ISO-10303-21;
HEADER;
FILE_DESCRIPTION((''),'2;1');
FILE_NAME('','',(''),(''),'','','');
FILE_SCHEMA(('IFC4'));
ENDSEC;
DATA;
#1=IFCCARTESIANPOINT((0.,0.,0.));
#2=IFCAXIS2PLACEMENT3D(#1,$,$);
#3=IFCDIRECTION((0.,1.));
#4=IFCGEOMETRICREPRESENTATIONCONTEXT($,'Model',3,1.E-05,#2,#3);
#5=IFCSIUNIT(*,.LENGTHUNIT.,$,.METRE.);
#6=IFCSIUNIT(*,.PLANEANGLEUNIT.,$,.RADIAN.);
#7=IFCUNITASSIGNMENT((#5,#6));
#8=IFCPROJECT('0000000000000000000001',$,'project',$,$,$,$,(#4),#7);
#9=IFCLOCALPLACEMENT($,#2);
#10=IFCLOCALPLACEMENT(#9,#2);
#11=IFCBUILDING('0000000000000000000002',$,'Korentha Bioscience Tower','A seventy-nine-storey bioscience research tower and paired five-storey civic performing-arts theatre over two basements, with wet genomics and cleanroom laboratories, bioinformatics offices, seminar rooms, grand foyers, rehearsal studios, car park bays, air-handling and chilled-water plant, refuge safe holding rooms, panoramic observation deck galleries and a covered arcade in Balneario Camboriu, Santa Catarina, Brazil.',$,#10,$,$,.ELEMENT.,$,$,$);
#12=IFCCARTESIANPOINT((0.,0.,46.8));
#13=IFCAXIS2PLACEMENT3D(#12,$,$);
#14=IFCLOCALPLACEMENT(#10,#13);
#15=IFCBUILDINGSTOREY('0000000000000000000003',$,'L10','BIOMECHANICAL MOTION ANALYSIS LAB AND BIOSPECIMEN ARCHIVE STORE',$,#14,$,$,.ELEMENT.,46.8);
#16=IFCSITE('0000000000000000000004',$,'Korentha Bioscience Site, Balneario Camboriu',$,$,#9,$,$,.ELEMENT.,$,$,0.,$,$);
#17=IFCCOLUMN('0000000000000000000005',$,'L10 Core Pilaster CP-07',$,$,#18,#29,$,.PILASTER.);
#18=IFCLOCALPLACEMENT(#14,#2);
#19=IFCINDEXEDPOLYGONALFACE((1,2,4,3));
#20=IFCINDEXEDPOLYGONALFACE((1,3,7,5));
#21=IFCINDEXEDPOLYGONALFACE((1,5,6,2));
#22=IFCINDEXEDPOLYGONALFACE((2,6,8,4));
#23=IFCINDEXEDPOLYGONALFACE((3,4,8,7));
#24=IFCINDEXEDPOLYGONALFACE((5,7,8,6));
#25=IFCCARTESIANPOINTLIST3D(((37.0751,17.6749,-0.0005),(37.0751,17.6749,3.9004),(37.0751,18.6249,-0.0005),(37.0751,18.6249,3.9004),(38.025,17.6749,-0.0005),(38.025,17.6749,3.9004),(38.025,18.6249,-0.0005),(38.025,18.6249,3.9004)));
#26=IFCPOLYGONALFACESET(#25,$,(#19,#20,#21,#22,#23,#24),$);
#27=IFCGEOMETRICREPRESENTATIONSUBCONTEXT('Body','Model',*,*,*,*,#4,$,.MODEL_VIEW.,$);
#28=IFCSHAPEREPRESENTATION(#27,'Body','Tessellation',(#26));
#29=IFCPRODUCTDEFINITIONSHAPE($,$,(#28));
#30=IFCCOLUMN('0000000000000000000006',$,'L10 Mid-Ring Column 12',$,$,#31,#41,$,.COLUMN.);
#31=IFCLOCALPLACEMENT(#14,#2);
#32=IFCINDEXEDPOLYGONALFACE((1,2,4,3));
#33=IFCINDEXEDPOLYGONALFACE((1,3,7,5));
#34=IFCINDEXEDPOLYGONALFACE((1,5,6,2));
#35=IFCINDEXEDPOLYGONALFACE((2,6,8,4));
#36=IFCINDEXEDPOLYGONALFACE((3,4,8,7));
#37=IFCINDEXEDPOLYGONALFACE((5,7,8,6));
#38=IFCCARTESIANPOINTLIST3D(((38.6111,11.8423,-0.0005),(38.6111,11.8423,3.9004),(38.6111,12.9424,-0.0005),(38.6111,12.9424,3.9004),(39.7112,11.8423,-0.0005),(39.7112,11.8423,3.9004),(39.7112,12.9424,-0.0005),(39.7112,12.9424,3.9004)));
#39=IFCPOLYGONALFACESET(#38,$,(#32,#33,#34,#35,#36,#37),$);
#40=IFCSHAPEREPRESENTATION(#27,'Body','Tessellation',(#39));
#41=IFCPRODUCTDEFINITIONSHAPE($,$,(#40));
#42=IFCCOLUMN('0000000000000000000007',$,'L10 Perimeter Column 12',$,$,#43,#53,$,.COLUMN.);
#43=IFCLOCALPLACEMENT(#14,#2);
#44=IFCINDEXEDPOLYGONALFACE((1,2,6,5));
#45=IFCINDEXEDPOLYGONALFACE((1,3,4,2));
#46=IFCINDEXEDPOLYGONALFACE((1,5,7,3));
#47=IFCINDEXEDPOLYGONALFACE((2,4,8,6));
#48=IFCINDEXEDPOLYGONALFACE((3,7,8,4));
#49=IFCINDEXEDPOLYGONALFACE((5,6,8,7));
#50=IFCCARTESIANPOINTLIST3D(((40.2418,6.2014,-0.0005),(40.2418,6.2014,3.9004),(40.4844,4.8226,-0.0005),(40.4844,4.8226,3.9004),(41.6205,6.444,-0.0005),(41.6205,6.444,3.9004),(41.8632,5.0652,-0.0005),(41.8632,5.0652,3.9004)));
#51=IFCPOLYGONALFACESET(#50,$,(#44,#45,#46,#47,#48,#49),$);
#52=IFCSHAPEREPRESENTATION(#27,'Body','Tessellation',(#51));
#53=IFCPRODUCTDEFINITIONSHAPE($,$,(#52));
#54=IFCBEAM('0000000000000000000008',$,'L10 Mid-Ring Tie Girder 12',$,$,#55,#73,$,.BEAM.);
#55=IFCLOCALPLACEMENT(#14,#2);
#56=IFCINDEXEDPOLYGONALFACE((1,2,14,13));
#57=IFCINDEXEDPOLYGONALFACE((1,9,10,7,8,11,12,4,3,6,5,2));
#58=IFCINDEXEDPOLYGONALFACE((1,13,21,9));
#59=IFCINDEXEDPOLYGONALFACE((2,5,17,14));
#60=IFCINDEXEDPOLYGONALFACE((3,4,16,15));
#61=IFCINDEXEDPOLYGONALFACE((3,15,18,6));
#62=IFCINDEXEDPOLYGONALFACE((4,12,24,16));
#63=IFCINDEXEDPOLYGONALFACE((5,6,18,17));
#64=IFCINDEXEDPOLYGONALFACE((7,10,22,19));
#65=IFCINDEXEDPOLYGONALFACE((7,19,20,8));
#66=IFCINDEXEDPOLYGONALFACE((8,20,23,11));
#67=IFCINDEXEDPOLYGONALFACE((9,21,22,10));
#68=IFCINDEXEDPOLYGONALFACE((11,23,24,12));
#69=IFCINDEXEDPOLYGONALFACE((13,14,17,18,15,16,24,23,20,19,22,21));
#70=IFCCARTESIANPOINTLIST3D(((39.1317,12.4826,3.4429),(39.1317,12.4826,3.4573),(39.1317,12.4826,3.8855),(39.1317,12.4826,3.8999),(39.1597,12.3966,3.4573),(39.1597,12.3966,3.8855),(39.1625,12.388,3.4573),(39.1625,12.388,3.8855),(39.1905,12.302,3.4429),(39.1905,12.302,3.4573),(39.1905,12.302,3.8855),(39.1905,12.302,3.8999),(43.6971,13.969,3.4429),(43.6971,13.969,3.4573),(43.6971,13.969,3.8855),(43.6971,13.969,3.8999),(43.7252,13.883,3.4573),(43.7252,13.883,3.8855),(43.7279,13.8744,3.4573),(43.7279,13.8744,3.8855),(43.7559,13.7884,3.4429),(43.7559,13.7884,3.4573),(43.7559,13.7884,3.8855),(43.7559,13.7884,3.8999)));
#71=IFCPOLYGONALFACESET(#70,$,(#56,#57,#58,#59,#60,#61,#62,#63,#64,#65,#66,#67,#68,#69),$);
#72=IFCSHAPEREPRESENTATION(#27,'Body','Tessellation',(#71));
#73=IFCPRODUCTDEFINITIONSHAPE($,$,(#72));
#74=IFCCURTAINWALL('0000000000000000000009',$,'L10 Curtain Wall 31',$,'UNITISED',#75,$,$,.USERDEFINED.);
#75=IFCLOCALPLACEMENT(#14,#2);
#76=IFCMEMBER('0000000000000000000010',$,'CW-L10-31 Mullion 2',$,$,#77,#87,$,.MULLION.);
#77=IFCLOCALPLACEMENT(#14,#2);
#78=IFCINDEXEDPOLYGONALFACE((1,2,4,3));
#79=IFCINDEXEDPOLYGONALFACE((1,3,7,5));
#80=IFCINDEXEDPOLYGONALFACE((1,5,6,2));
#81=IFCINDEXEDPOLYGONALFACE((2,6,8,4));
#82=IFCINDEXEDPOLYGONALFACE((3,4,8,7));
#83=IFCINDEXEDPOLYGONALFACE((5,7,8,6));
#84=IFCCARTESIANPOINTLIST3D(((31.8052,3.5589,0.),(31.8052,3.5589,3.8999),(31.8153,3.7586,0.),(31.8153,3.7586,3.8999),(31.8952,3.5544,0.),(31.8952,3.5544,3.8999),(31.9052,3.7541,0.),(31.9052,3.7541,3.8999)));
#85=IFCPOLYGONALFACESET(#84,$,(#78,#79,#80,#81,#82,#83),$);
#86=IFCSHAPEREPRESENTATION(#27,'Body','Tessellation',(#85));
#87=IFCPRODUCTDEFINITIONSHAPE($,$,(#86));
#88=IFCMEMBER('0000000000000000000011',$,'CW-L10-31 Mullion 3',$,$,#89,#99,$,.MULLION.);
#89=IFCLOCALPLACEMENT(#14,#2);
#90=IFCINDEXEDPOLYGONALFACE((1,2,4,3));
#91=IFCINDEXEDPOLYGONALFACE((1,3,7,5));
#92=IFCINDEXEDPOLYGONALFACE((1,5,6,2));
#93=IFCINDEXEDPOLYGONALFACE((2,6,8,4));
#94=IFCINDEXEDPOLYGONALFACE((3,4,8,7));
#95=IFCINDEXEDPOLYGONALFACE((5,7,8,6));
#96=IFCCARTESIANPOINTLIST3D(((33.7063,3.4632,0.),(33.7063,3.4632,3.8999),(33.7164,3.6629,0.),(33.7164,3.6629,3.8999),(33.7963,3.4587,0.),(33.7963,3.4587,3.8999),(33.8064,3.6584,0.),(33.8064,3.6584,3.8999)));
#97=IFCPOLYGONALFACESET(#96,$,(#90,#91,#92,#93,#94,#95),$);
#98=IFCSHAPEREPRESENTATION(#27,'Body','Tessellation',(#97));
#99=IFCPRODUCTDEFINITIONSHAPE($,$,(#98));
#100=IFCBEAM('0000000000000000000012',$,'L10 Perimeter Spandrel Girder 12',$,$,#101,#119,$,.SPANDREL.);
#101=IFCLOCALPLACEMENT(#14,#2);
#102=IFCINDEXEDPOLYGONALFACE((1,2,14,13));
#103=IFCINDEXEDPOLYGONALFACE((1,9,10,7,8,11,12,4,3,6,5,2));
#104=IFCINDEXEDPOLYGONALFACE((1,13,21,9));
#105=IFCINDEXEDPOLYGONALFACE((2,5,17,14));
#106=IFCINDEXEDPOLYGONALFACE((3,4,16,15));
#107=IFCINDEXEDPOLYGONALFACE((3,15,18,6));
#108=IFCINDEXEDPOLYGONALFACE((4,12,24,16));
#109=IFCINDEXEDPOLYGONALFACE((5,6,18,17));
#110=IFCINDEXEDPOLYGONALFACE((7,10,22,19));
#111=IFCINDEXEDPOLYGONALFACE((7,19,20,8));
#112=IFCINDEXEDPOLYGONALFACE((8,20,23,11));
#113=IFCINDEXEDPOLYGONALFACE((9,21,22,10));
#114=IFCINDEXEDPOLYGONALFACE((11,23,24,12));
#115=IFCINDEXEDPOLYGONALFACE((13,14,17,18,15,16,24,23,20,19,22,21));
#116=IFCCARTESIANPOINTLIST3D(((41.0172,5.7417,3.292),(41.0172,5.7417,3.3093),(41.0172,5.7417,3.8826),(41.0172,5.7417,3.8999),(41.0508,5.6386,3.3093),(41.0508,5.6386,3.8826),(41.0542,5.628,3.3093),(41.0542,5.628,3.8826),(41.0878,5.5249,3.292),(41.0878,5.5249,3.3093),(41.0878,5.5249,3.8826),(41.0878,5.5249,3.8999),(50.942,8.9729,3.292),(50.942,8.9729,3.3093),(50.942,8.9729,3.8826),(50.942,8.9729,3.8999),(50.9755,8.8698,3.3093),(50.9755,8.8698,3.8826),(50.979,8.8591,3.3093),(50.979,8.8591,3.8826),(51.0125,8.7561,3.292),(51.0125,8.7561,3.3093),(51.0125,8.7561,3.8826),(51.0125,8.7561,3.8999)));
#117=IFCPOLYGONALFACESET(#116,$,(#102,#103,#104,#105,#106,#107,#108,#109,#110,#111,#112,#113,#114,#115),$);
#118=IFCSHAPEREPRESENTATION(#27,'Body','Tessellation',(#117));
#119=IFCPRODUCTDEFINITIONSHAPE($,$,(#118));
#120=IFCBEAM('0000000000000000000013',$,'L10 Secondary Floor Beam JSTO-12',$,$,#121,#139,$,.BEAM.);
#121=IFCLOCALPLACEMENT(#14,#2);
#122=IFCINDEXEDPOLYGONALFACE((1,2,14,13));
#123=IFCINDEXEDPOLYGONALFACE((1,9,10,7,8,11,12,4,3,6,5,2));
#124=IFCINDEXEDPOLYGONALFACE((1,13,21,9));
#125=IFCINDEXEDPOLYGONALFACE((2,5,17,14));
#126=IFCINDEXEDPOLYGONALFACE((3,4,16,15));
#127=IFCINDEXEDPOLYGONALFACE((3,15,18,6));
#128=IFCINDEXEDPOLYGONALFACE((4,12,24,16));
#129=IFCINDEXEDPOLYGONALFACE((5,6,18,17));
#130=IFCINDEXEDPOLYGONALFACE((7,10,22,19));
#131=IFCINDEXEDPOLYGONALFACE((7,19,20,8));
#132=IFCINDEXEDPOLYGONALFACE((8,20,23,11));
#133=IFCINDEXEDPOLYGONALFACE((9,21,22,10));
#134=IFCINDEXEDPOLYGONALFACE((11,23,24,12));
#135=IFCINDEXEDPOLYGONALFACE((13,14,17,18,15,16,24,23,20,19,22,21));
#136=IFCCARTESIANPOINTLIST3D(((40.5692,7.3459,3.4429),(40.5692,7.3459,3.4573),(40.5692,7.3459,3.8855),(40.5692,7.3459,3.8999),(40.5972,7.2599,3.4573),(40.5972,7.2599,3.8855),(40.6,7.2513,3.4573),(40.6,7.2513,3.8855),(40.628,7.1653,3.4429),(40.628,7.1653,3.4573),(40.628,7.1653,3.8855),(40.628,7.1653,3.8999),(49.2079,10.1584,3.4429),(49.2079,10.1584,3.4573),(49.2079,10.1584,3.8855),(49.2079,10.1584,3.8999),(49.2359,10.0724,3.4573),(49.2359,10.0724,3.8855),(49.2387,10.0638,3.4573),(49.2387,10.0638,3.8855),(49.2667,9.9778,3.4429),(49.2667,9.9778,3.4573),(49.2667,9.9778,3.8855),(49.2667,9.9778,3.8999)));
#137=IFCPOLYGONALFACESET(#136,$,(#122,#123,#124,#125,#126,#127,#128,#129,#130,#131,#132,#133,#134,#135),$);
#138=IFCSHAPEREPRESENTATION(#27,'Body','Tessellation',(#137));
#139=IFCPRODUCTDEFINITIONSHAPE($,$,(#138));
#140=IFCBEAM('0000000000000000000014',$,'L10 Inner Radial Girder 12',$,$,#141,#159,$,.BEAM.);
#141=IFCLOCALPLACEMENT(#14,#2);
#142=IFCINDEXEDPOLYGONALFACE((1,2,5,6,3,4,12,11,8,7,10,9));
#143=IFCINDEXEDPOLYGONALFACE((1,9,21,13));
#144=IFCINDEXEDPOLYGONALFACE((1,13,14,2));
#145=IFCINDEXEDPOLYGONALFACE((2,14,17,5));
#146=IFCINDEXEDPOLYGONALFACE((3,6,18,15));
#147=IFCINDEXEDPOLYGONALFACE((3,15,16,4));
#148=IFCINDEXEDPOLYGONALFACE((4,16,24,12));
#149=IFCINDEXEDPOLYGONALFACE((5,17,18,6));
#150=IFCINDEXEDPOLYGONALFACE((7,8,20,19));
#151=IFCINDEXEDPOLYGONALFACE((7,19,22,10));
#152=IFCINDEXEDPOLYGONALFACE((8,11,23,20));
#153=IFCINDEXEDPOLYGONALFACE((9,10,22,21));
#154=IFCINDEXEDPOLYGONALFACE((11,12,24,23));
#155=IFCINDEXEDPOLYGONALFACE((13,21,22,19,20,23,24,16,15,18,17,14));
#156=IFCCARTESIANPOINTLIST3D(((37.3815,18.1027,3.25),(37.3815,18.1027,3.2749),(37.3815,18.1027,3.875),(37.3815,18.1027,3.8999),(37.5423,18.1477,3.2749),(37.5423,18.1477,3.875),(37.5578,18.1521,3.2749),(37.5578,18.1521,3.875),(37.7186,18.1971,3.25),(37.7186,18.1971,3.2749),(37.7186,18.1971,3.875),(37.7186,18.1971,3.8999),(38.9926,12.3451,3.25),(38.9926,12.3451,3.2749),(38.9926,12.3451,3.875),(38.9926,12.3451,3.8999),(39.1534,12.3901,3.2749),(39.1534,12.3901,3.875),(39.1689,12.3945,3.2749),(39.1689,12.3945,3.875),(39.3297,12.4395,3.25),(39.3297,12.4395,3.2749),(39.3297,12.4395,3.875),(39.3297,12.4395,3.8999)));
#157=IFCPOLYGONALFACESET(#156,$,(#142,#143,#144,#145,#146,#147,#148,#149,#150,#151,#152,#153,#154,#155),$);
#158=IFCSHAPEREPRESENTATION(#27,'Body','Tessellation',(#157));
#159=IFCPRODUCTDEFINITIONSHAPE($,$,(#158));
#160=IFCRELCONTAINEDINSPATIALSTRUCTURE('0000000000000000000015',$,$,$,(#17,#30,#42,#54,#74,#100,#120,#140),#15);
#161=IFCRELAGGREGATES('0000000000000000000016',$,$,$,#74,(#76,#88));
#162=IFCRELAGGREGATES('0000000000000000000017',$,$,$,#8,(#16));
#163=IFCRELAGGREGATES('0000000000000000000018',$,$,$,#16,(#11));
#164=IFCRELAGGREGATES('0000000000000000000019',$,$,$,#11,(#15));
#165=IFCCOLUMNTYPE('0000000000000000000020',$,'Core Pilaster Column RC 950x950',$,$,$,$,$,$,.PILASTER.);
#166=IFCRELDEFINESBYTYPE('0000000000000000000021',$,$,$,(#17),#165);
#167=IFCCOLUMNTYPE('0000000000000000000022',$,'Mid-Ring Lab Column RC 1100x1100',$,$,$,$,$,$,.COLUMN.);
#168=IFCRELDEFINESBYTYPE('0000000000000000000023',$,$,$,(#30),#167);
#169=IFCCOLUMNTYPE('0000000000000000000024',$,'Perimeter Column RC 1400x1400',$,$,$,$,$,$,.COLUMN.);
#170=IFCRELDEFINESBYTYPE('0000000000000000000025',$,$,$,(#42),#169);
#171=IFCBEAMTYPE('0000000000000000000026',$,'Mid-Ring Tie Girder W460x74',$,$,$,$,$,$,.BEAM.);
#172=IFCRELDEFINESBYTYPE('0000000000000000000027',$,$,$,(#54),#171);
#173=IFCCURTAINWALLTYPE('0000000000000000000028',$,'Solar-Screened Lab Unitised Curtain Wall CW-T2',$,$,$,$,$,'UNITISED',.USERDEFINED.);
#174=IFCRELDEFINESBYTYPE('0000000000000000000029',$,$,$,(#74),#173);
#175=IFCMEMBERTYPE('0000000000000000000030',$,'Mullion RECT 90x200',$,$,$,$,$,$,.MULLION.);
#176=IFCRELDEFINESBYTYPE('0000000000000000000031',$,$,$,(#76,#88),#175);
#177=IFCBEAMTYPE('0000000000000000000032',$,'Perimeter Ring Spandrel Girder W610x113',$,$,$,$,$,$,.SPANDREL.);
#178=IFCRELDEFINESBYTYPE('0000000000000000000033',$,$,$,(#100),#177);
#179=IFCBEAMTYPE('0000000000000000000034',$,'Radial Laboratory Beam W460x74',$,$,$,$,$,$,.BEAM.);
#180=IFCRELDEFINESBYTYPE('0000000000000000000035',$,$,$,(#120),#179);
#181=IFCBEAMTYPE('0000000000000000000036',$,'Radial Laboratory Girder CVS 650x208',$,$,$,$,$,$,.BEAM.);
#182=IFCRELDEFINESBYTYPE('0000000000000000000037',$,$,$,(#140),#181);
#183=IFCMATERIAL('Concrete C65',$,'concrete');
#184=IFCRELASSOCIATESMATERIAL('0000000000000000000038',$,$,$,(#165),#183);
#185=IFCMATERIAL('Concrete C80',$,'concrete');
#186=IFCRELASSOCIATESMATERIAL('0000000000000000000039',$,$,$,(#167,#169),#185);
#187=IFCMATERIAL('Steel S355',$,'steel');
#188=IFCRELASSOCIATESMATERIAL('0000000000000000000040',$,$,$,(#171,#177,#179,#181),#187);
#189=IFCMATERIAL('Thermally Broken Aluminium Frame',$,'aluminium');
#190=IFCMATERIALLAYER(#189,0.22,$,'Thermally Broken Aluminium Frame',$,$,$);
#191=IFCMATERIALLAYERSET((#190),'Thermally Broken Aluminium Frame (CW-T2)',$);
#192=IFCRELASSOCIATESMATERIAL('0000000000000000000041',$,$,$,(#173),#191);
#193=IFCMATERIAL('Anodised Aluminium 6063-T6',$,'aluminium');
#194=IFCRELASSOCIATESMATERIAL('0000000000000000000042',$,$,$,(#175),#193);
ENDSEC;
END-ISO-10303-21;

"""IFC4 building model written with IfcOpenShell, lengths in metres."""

from ifc_helpers import new_model, si_unit, direction, frame, origin, origin_2d, place, context, subcontext, project, spatial, rectangle, i_section, extrude, material, layer, layer_set, material_profile, profile_set, type_object, element, aggregate, save


model = new_model("IFC4")

# Units and contexts
model_context = context("Model", 3, precision=1e-05, world=origin(), true_north=direction((0.0, 1.0)))
body_context = subcontext(model_context, "Body", "Model", "MODEL_VIEW")
ifc_project = project(units=[si_unit("LENGTHUNIT", "METRE"), si_unit("PLANEANGLEUNIT", "RADIAN")], contexts=[model_context])

# Site, building, storey
site_placement = place(None, origin())
site = spatial("IfcSite", under=ifc_project, at=site_placement, Name="Korentha Bioscience Site, Balneario Camboriu", CompositionType="ELEMENT", RefElevation=0.0)
building_placement = place(site_placement, origin())
building = spatial("IfcBuilding", under=site, at=building_placement, Name="Korentha Bioscience Tower", Description="A seventy-nine-storey bioscience research tower and paired five-storey civic performing-arts theatre over two basements, with wet genomics and cleanroom laboratories, bioinformatics offices, seminar rooms, grand foyers, rehearsal studios, car park bays, air-handling and chilled-water plant, refuge safe holding rooms, panoramic observation deck galleries and a covered arcade in Balneario Camboriu, Santa Catarina, Brazil.", CompositionType="ELEMENT")
storey_placement = place(building_placement, frame((0.0, 0.0, 46.8)))
storey = spatial("IfcBuildingStorey", under=building, at=storey_placement, Name="L10", Description="BIOMECHANICAL MOTION ANALYSIS LAB AND BIOSPECIMEN ARCHIVE STORE", CompositionType="ELEMENT", Elevation=46.8)

# Columns
ifc_material_1 = material(Name="Concrete C65", Category="concrete")
ifc_material_profile_1 = material_profile(ifc_material_1, rectangle(XDim=0.95, YDim=0.95, at=origin_2d()), Name="Concrete C65")
ifc_profile_set_1 = profile_set([ifc_material_profile_1], Name="Concrete C65 (COL-CP09)")
column_type_1 = type_object("IfcColumnType", Name="Core Pilaster Column RC 950x950", PredefinedType="PILASTER", material=ifc_profile_set_1)
column_1_placement = place(storey_placement, frame((37.55, 18.1499, -0.0005), z_axis=(0.0, 0.0, 1.0), x_axis=(1.0, 0.0, 0.0)))
element("IfcColumn", 1, at=column_1_placement, inside=storey, type_object=column_type_1, Name="L10 Core Pilaster CP-07", PredefinedType="PILASTER", context=body_context, shape_type="SweptSolid", body=[
    extrude(rectangle(XDim=0.95, YDim=0.95, at=origin_2d()), origin(), (0.0, 0.0, 1.0), 3.9009),
])
ifc_material_2 = material(Name="Concrete C80", Category="concrete")
ifc_material_profile_2 = material_profile(ifc_material_2, rectangle(XDim=1.1001, YDim=1.1001, at=origin_2d()), Name="Concrete C80")
ifc_profile_set_2 = profile_set([ifc_material_profile_2], Name="Concrete C80 (COL-MR11)")
column_type_2 = type_object("IfcColumnType", Name="Mid-Ring Lab Column RC 1100x1100", PredefinedType="COLUMN", material=ifc_profile_set_2)
column_2_placement = place(storey_placement, frame((39.1611, 12.3923, -0.0005), z_axis=(0.0, 0.0, 1.0), x_axis=(1.0, 0.0, 0.0)))
element("IfcColumn", 2, at=column_2_placement, inside=storey, type_object=column_type_2, Name="L10 Mid-Ring Column 12", PredefinedType="COLUMN", context=body_context, shape_type="SweptSolid", body=[
    extrude(rectangle(XDim=1.1001, YDim=1.1001, at=origin_2d()), origin(), (0.0, 0.0, 1.0), 3.9009),
])
ifc_material_profile_3 = material_profile(ifc_material_2, rectangle(XDim=1.3999, YDim=1.3999, at=origin_2d()), Name="Concrete C80")
ifc_profile_set_3 = profile_set([ifc_material_profile_3], Name="Concrete C80 (COL-P14)")
column_type_3 = type_object("IfcColumnType", Name="Perimeter Column RC 1400x1400", PredefinedType="COLUMN", material=ifc_profile_set_3)
column_3_placement = place(storey_placement, frame((41.0525, 5.6333, -0.0005), z_axis=(0.0, 0.0, 1.0), x_axis=(0.984868, 0.173304, 0.0)))
element("IfcColumn", 3, at=column_3_placement, inside=storey, type_object=column_type_3, Name="L10 Perimeter Column 12", PredefinedType="COLUMN", context=body_context, shape_type="SweptSolid", body=[
    extrude(rectangle(XDim=1.3999, YDim=1.3999, at=origin_2d()), origin(), (0.0, 0.0, 1.0), 3.9009),
])

# Beam
ifc_material_3 = material(Name="Steel S355", Category="steel")
ifc_material_profile_4 = material_profile(ifc_material_3, i_section(OverallWidth=0.1899, OverallDepth=0.457, WebThickness=0.009, FlangeThickness=0.0144, at=origin_2d()), Name="Steel S355")
ifc_profile_set_4 = profile_set([ifc_material_profile_4], Name="Steel S355 (MB-460)")
beam_type_1 = type_object("IfcBeamType", Name="Mid-Ring Tie Girder W460x74", PredefinedType="BEAM", material=ifc_profile_set_4)
beam_1_placement = place(storey_placement, frame((39.1611, 12.3923, 3.6714), z_axis=(0.950877, 0.309569, 0.0), x_axis=(-0.309569, 0.950877, 0.0)))
element("IfcBeam", 4, at=beam_1_placement, inside=storey, type_object=beam_type_1, Name="L10 Mid-Ring Tie Girder 12", PredefinedType="BEAM", context=body_context, shape_type="SweptSolid", body=[
    extrude(i_section(OverallWidth=0.1899, OverallDepth=0.457, WebThickness=0.009, FlangeThickness=0.0144, at=origin_2d()), origin(), (0.0, 0.0, 1.0), 4.8013),
])

# Curtain wall, members
ifc_material_4 = material(Name="Thermally Broken Aluminium Frame", Category="aluminium")
ifc_layer_1 = layer(ifc_material_4, 0.22, Name="Thermally Broken Aluminium Frame")
ifc_layer_set_1 = layer_set([ifc_layer_1], Name="Thermally Broken Aluminium Frame (CW-T2)")
curtain_wall_type = type_object("IfcCurtainWallType", Name="Solar-Screened Lab Unitised Curtain Wall CW-T2", ElementType="UNITISED", PredefinedType="USERDEFINED", material=ifc_layer_set_1)
curtain_wall_placement = place(storey_placement, origin())
curtain_wall = element("IfcCurtainWall", 5, at=curtain_wall_placement, inside=storey, type_object=curtain_wall_type, Name="L10 Curtain Wall 31", ObjectType="UNITISED", PredefinedType="USERDEFINED")
ifc_material_5 = material(Name="Anodised Aluminium 6063-T6", Category="aluminium")
ifc_material_profile_5 = material_profile(ifc_material_5, rectangle(XDim=0.0901, YDim=0.2, at=origin_2d()), Name="Anodised Aluminium 6063-T6")
ifc_profile_set_5 = profile_set([ifc_material_profile_5], Name="Anodised Aluminium 6063-T6 (CW-MUL)")
member_type_1 = type_object("IfcMemberType", Name="Mullion RECT 90x200", PredefinedType="MULLION", material=ifc_profile_set_5)
member_1_placement = place(storey_placement, frame((31.8552, 3.6565, 0.0), z_axis=(0.0, 0.0, 1.0), x_axis=(0.998731, -0.050371, 0.0)))
member_1 = element("IfcMember", 6, at=member_1_placement, type_object=member_type_1, Name="CW-L10-31 Mullion 2", PredefinedType="MULLION", context=body_context, shape_type="SweptSolid", body=[
    extrude(rectangle(XDim=0.0901, YDim=0.2, at=origin_2d()), origin(), (0.0, 0.0, 1.0), 3.8999),
])
member_2_placement = place(storey_placement, frame((33.7563, 3.5608, 0.0), z_axis=(0.0, 0.0, 1.0), x_axis=(0.998731, -0.050371, 0.0)))
member_2 = element("IfcMember", 7, at=member_2_placement, type_object=member_type_1, Name="CW-L10-31 Mullion 3", PredefinedType="MULLION", context=body_context, shape_type="SweptSolid", body=[
    extrude(rectangle(XDim=0.0901, YDim=0.2, at=origin_2d()), origin(), (0.0, 0.0, 1.0), 3.8999),
])

# Beams
ifc_material_profile_6 = material_profile(ifc_material_3, i_section(OverallWidth=0.228, OverallDepth=0.6079, WebThickness=0.0112, FlangeThickness=0.0173, at=origin_2d()), Name="Steel S355")
ifc_profile_set_6 = profile_set([ifc_material_profile_6], Name="Steel S355 (SB-610)")
beam_type_2 = type_object("IfcBeamType", Name="Perimeter Ring Spandrel Girder W610x113", PredefinedType="SPANDREL", material=ifc_profile_set_6)
beam_2_placement = place(storey_placement, frame((41.0525, 5.6333, 3.5959), z_axis=(0.950875, 0.309575, 0.0), x_axis=(-0.309575, 0.950875, 0.0)))
element("IfcBeam", 8, at=beam_2_placement, inside=storey, type_object=beam_type_2, Name="L10 Perimeter Spandrel Girder 12", PredefinedType="SPANDREL", context=body_context, shape_type="SweptSolid", body=[
    extrude(i_section(OverallWidth=0.228, OverallDepth=0.6079, WebThickness=0.0112, FlangeThickness=0.0173, at=origin_2d()), origin(), (0.0, 0.0, 1.0), 10.4375),
])
ifc_material_profile_7 = material_profile(ifc_material_3, i_section(OverallWidth=0.1899, OverallDepth=0.457, WebThickness=0.009, FlangeThickness=0.0144, at=origin_2d()), Name="Steel S355")
ifc_profile_set_7 = profile_set([ifc_material_profile_7], Name="Steel S355 (RB-460)")
beam_type_3 = type_object("IfcBeamType", Name="Radial Laboratory Beam W460x74", PredefinedType="BEAM", material=ifc_profile_set_7)
beam_3_placement = place(storey_placement, frame((40.5986, 7.2556, 3.6714), z_axis=(0.950874, 0.309577, 0.0), x_axis=(-0.309577, 0.950874, 0.0)))
element("IfcBeam", 9, at=beam_3_placement, inside=storey, type_object=beam_type_3, Name="L10 Secondary Floor Beam JSTO-12", PredefinedType="BEAM", context=body_context, shape_type="SweptSolid", body=[
    extrude(i_section(OverallWidth=0.1899, OverallDepth=0.457, WebThickness=0.009, FlangeThickness=0.0144, at=origin_2d()), origin(), (0.0, 0.0, 1.0), 9.085),
])
ifc_material_profile_8 = material_profile(ifc_material_3, i_section(OverallWidth=0.3501, OverallDepth=0.6499, WebThickness=0.0161, FlangeThickness=0.0249, at=origin_2d()), Name="Steel S355")
ifc_profile_set_8 = profile_set([ifc_material_profile_8], Name="Steel S355 (RB-650)")
beam_type_4 = type_object("IfcBeamType", Name="Radial Laboratory Girder CVS 650x208", PredefinedType="BEAM", material=ifc_profile_set_8)
beam_4_placement = place(storey_placement, frame((37.55, 18.1499, 3.575), z_axis=(0.269469, -0.963009, 0.0), x_axis=(0.963009, 0.269469, 0.0)))
element("IfcBeam", 10, at=beam_4_placement, inside=storey, type_object=beam_type_4, Name="L10 Inner Radial Girder 12", PredefinedType="BEAM", context=body_context, shape_type="SweptSolid", body=[
    extrude(i_section(OverallWidth=0.3501, OverallDepth=0.6499, WebThickness=0.0161, FlangeThickness=0.0249, at=origin_2d()), origin(), (0.0, 0.0, 1.0), 5.9788),
])

aggregate(curtain_wall, [member_1, member_2])

save(model, "model.ifc")
